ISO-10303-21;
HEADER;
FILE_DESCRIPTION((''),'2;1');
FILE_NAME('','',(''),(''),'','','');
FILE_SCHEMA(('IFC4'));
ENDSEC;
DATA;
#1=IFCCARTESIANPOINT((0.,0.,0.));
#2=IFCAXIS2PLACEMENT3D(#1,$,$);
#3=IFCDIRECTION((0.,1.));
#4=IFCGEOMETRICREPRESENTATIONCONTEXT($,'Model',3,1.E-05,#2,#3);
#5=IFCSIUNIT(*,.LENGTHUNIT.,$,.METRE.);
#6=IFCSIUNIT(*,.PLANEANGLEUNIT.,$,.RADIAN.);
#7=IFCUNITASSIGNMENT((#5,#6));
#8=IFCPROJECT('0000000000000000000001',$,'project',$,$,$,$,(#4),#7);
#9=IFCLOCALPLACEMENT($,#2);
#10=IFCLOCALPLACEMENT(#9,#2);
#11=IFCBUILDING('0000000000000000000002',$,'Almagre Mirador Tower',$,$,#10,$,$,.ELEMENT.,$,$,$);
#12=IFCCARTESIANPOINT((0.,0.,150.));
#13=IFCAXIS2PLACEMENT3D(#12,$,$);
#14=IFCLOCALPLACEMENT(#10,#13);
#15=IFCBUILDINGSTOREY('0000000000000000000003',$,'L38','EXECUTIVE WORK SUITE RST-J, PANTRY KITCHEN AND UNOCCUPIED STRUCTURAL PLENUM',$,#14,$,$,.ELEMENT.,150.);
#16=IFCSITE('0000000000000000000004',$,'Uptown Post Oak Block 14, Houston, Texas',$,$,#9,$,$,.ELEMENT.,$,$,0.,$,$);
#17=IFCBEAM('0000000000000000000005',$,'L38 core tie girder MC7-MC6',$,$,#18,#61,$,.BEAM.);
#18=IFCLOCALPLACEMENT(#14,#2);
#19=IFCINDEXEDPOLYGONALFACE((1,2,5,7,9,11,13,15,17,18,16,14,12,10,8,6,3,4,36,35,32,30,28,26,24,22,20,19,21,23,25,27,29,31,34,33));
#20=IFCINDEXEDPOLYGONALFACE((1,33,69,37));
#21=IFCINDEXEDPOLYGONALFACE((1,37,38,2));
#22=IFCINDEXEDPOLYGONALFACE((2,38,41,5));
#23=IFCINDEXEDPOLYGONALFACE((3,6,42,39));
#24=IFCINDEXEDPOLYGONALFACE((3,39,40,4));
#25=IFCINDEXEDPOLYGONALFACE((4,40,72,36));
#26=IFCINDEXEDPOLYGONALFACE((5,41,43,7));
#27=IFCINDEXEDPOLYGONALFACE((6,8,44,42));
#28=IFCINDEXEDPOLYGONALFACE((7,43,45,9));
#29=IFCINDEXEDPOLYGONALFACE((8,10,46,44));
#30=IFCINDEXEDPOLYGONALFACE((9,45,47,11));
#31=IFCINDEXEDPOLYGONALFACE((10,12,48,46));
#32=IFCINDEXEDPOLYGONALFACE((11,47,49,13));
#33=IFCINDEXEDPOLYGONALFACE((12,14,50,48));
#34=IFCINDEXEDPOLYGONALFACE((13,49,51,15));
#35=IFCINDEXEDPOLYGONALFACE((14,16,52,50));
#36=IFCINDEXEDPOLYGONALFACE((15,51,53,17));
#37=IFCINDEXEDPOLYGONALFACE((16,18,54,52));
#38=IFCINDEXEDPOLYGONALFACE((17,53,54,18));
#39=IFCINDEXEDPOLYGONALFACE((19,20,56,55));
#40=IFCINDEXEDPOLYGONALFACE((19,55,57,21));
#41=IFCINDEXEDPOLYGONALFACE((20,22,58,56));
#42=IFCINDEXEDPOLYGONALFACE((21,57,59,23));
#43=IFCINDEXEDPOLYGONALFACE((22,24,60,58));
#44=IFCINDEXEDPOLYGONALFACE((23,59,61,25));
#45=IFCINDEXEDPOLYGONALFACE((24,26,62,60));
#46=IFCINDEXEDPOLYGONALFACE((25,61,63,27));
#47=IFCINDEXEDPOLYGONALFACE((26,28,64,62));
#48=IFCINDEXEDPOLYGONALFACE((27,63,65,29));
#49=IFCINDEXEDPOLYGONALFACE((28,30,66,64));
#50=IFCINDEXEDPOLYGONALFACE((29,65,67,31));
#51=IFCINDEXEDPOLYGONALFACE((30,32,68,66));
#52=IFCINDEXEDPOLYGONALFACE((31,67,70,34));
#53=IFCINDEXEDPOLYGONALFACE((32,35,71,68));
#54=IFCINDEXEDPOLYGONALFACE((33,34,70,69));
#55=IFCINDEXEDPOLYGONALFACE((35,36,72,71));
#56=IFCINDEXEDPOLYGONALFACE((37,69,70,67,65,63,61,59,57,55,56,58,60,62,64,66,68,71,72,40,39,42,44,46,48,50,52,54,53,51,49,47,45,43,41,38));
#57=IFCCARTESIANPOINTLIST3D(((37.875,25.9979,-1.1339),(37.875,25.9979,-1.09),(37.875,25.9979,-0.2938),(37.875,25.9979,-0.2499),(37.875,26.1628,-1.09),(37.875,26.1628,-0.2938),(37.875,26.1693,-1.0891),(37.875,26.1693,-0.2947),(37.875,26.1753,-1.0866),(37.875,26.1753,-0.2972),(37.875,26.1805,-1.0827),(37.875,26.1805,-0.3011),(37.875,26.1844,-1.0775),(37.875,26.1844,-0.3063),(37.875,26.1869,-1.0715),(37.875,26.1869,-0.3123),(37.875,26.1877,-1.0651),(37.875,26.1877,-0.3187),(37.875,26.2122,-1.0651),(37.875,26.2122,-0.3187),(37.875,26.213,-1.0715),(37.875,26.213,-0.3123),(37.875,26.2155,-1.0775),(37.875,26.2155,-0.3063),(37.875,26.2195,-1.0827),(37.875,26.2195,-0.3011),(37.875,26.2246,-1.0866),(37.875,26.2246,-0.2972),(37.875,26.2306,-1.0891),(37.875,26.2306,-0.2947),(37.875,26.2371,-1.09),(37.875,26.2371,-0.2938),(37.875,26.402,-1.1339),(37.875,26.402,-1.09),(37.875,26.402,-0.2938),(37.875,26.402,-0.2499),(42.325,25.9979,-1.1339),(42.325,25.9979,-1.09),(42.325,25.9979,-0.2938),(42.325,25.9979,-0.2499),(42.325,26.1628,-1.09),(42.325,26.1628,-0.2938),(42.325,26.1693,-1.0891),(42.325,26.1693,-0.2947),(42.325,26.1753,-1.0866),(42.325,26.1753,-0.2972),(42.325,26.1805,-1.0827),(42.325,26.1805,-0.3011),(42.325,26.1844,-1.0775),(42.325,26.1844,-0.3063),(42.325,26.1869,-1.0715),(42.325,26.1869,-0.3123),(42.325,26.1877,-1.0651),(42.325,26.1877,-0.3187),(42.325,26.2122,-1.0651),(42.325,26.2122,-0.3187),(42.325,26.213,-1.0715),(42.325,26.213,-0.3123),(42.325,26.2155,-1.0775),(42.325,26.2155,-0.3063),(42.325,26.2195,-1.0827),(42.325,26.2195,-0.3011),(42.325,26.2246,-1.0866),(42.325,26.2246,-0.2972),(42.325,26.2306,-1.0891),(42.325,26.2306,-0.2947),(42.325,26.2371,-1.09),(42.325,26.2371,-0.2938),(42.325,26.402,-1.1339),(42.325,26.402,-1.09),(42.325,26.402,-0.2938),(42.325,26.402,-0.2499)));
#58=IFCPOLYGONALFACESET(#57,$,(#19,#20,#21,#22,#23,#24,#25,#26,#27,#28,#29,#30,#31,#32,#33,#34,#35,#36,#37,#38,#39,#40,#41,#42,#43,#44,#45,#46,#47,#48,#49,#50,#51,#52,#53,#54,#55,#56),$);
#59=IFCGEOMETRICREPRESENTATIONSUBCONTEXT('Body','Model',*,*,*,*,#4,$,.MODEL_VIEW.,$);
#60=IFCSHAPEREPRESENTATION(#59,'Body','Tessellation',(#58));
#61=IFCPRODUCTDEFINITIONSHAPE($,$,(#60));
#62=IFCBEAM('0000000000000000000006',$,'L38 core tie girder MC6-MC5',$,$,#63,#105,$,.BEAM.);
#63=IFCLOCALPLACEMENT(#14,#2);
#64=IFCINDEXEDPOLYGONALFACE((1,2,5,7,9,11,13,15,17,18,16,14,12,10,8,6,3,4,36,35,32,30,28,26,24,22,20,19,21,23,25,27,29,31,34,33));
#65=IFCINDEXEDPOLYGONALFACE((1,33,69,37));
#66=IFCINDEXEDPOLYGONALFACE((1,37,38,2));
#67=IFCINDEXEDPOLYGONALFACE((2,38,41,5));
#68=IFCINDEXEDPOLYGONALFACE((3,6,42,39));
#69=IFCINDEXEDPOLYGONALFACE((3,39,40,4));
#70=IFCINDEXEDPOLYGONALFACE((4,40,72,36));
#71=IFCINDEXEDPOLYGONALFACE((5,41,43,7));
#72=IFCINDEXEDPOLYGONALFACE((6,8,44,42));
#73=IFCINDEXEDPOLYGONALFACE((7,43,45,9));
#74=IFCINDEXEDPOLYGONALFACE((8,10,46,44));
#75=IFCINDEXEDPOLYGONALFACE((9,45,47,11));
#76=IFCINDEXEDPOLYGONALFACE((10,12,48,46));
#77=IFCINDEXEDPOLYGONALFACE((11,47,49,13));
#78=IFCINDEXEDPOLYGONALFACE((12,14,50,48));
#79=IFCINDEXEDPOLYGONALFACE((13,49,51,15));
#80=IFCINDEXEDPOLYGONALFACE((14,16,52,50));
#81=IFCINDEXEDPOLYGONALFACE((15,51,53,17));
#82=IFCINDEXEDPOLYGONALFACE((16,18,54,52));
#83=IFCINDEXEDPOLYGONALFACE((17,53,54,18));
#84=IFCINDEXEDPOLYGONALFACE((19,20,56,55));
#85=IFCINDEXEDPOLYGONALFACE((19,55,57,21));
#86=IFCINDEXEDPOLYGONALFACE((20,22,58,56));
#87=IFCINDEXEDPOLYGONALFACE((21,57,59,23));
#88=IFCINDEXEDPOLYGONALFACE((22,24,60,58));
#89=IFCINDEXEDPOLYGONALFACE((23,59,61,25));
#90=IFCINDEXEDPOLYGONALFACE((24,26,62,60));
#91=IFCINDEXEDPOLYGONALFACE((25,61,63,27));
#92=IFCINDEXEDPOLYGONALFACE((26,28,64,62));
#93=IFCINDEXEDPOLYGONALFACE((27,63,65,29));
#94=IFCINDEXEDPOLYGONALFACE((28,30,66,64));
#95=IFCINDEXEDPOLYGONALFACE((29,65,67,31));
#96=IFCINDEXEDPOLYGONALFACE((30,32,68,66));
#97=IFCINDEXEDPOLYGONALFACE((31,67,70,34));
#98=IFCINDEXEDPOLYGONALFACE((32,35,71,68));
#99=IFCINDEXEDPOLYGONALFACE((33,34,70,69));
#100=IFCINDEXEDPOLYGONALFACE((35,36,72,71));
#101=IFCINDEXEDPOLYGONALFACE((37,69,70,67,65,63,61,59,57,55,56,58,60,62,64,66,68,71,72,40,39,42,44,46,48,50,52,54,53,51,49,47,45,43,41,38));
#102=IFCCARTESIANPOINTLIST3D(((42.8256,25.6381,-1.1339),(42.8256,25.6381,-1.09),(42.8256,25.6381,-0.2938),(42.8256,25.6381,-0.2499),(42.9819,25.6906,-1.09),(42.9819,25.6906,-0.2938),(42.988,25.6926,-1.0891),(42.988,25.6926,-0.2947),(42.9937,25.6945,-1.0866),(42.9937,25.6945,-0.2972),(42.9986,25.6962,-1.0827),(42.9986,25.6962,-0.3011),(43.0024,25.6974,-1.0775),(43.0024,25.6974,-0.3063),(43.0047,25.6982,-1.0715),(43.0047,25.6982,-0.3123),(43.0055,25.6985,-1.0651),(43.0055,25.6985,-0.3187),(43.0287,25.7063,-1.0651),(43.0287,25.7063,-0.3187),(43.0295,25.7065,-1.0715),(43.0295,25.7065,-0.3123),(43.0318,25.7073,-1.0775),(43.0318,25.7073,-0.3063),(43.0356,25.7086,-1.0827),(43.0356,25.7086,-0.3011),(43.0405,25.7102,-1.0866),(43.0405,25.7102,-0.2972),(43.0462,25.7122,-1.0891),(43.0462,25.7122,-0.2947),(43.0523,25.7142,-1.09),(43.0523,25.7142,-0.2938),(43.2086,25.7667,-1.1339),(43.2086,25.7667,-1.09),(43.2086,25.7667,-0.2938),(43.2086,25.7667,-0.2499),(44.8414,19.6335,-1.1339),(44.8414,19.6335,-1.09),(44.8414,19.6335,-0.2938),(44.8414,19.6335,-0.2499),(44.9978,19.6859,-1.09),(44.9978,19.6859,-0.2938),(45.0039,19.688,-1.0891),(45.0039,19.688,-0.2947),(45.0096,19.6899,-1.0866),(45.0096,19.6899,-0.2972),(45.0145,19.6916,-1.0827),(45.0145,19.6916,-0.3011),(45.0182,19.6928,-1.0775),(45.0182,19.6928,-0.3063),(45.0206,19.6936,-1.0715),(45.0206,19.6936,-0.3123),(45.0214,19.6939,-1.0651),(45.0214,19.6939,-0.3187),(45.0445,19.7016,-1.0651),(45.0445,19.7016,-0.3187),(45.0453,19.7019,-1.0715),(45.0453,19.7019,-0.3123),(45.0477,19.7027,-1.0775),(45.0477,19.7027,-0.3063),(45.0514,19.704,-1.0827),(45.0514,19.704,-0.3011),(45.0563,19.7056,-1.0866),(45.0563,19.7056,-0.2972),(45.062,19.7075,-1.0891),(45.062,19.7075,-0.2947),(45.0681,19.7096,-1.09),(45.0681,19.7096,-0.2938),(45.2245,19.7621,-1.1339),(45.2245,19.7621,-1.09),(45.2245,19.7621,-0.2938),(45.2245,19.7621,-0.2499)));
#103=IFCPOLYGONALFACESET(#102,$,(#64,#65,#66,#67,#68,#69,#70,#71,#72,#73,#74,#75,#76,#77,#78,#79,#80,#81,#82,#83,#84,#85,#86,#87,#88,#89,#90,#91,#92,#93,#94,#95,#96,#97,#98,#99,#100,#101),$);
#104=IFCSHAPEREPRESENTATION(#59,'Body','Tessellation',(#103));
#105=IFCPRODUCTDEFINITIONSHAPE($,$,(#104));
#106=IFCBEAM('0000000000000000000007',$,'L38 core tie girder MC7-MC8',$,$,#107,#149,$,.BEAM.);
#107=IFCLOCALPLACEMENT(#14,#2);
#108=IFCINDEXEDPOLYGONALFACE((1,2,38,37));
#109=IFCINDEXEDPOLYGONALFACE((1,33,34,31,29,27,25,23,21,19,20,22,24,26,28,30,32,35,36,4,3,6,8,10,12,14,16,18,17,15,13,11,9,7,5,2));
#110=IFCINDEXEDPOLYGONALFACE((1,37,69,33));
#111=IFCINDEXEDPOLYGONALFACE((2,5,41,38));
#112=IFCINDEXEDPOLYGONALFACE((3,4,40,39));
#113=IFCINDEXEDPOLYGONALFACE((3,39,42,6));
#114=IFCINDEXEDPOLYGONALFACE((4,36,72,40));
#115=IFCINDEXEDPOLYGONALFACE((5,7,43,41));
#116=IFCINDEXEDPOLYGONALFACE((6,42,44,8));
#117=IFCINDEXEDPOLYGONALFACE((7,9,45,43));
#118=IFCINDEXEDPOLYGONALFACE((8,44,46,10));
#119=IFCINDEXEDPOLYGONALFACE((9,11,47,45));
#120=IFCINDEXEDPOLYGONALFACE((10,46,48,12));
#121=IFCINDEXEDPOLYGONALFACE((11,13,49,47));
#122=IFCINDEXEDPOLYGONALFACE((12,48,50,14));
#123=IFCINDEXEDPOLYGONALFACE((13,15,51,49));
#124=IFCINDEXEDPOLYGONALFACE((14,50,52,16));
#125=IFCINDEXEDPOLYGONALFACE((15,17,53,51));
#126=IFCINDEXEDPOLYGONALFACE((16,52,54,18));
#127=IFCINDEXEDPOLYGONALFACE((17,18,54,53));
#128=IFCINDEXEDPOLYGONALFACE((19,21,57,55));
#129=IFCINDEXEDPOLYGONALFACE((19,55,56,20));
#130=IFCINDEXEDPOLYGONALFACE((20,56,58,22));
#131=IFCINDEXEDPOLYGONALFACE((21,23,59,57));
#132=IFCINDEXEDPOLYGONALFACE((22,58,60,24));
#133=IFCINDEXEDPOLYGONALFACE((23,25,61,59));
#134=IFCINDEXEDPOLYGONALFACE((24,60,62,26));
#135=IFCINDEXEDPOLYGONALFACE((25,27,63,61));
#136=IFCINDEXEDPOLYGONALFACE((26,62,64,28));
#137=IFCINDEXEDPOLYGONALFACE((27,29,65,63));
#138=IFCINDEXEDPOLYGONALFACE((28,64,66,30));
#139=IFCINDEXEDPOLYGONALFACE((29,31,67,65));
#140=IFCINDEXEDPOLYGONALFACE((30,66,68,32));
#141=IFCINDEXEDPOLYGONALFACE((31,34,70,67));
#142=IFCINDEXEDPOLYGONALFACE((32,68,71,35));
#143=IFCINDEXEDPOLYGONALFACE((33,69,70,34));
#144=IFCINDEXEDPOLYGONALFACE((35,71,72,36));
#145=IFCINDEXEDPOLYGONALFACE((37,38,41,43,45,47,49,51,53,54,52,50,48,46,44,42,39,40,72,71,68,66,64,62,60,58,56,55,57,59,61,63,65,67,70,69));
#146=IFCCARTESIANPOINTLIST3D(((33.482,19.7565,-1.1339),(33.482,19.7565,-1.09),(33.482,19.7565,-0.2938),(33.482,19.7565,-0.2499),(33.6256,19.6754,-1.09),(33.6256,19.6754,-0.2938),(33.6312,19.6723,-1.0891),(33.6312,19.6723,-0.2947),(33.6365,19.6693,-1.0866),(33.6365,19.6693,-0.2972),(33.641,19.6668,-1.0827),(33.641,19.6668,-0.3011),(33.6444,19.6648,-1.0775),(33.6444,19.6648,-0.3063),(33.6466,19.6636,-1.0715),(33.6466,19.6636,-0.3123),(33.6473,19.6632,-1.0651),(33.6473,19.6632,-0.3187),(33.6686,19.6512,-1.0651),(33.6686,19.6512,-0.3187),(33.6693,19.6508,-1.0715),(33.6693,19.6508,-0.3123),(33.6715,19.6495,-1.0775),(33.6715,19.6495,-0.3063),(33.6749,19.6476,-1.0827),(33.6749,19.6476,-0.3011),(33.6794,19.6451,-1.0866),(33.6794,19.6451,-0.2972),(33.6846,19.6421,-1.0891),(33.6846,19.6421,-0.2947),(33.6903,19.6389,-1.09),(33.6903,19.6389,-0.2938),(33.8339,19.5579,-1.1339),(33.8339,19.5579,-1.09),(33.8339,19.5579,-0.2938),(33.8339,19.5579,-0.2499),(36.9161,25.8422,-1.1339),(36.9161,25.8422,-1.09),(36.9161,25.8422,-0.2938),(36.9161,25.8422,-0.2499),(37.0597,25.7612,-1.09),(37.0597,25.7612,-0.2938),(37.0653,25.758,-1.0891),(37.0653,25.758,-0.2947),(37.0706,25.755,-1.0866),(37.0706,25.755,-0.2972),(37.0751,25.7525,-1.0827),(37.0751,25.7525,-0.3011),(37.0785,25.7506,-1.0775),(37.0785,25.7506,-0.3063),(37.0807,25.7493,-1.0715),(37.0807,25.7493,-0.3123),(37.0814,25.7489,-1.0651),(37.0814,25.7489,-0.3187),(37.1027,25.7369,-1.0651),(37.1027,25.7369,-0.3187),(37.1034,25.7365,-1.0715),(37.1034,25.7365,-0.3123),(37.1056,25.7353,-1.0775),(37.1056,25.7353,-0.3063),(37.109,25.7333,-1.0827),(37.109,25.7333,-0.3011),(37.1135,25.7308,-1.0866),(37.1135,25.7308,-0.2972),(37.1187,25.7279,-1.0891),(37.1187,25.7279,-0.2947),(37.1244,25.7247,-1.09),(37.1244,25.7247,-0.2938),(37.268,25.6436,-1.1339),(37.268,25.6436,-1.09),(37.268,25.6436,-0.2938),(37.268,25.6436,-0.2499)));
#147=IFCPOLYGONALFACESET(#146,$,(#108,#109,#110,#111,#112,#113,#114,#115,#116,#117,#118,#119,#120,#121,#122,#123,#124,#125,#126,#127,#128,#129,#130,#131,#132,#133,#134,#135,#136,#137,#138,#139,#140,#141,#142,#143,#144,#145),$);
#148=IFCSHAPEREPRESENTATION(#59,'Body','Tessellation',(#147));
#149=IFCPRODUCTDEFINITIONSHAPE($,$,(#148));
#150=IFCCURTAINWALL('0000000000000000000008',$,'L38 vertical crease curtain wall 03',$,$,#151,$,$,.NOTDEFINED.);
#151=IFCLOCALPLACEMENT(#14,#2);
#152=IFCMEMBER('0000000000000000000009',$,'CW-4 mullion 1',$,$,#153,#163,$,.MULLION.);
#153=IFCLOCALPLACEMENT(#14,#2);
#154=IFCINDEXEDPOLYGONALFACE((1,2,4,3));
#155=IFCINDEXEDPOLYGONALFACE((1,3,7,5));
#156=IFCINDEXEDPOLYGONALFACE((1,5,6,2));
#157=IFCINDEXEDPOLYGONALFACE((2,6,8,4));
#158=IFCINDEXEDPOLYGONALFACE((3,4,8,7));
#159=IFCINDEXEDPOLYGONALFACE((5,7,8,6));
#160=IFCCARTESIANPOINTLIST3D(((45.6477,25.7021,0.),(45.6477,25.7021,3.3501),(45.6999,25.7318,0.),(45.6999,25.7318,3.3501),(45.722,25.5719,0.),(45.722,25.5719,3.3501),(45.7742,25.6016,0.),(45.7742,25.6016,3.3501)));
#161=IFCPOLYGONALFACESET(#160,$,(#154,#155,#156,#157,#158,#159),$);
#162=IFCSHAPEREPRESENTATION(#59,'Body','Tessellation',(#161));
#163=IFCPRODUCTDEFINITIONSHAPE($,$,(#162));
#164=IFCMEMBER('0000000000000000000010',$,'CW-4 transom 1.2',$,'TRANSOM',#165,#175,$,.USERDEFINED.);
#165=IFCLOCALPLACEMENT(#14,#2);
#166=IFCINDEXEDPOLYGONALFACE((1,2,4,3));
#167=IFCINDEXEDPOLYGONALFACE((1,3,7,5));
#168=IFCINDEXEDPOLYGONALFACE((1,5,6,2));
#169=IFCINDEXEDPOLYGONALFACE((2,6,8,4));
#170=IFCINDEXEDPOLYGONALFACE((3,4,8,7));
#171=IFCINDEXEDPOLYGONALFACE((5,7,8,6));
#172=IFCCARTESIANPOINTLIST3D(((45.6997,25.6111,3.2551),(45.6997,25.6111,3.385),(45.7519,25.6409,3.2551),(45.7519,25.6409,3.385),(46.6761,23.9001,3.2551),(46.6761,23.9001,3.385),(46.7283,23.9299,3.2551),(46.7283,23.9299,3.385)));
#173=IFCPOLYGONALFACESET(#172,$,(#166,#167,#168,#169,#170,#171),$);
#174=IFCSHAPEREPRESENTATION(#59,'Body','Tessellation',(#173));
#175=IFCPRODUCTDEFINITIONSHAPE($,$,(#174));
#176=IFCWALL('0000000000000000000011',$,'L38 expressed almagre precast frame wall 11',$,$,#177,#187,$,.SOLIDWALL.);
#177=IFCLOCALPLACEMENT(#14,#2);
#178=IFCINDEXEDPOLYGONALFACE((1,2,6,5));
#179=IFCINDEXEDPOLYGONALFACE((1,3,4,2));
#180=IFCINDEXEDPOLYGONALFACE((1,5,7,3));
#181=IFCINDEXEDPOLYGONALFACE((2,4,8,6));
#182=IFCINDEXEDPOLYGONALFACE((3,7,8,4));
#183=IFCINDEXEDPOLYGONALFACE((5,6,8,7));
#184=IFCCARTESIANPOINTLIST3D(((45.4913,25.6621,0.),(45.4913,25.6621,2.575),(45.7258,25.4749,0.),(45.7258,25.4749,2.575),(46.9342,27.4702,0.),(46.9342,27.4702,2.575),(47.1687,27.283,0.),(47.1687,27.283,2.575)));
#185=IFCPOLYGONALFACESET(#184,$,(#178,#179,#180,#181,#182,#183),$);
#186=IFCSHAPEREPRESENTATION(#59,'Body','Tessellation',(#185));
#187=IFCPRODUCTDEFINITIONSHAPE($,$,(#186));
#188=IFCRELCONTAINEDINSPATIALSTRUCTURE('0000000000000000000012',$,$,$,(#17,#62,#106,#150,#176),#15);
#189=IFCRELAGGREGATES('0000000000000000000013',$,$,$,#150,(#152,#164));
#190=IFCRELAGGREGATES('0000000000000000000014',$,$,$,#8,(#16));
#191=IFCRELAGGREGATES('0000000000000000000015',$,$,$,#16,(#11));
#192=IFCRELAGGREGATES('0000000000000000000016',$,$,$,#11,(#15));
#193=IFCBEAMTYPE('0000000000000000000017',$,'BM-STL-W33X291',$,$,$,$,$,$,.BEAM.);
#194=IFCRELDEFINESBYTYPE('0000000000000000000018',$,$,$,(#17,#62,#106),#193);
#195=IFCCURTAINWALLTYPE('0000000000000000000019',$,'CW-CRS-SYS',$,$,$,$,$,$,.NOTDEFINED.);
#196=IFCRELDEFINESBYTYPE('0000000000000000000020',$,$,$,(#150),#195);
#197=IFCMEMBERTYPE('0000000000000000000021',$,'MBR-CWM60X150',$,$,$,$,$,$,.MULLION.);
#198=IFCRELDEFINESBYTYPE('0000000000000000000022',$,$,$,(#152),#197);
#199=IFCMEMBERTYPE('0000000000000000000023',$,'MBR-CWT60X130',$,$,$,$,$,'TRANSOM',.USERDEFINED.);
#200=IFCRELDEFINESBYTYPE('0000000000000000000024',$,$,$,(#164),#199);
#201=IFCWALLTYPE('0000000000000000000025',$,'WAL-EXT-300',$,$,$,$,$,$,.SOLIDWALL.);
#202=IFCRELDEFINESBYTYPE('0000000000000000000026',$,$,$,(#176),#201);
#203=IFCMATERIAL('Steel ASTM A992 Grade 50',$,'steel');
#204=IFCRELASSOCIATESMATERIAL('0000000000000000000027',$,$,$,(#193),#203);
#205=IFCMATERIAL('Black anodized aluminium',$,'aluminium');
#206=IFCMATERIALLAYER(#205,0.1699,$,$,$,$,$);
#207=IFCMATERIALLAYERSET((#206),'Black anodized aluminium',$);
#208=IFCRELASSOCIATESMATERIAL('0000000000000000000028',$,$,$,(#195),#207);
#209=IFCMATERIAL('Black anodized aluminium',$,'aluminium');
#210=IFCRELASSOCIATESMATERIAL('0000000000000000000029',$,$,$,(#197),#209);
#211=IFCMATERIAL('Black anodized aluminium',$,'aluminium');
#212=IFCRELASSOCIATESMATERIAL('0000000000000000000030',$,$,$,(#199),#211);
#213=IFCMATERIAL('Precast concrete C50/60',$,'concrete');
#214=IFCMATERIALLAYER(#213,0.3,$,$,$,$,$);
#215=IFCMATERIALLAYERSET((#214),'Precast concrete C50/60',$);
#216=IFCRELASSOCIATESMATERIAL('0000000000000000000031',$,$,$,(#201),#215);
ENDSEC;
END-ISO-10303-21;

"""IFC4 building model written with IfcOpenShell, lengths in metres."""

from ifc_helpers import new_model, si_unit, direction, frame, frame_2d, origin, origin_2d, place, context, subcontext, project, spatial, rectangle, i_section, extrude, material, layer, layer_set, material_profile, profile_set, type_object, element, aggregate, save


model = new_model("IFC4")

# Units and contexts
model_context = context("Model", 3, precision=1e-05, world=origin(), true_north=direction((0.0, 1.0)))
body_context = subcontext(model_context, "Body", "Model", "MODEL_VIEW")
ifc_project = project(units=[si_unit("LENGTHUNIT", "METRE"), si_unit("PLANEANGLEUNIT", "RADIAN")], contexts=[model_context])

# Site, building, storey
site_placement = place(None, origin())
site = spatial("IfcSite", under=ifc_project, at=site_placement, Name="Uptown Post Oak Block 14, Houston, Texas", CompositionType="ELEMENT", RefElevation=0.0)
building_placement = place(site_placement, origin())
building = spatial("IfcBuilding", under=site, at=building_placement, Name="Almagre Mirador Tower", CompositionType="ELEMENT")
storey_placement = place(building_placement, frame((0.0, 0.0, 150.0)))
storey = spatial("IfcBuildingStorey", under=building, at=storey_placement, Name="L38", Description="EXECUTIVE WORK SUITE RST-J, PANTRY KITCHEN AND UNOCCUPIED STRUCTURAL PLENUM", CompositionType="ELEMENT", Elevation=150.0)

# Beams
ifc_material_1 = material(Name="Steel ASTM A992 Grade 50", Category="steel")
ifc_material_profile_1 = material_profile(ifc_material_1, i_section(OverallWidth=0.4041, OverallDepth=0.884, WebThickness=0.0244, FlangeThickness=0.0439, FilletRadius=0.0249, at=origin_2d()), Name="W33X291")
ifc_profile_set_1 = profile_set([ifc_material_profile_1], Name="Steel ASTM A992 Grade 50")
beam_type_1 = type_object("IfcBeamType", Name="BM-STL-W33X291", PredefinedType="BEAM", material=ifc_profile_set_1)
beam_1_placement = place(storey_placement, frame((37.875, 26.2, -0.6919), z_axis=(1.0, 0.0, 0.0), x_axis=(0.0, 1.0, 0.0)))
element("IfcBeam", 1, at=beam_1_placement, inside=storey, type_object=beam_type_1, Name="L38 core tie girder MC7-MC6", PredefinedType="BEAM", context=body_context, shape_type="SweptSolid", body=[
    extrude(i_section(OverallWidth=0.4041, OverallDepth=0.884, WebThickness=0.0244, FlangeThickness=0.0439, FilletRadius=0.0249, at=origin_2d()), origin(), (0.0, 0.0, 1.0), 4.45),
])
beam_2_placement = place(storey_placement, frame((43.0171, 25.7024, -0.6919), z_axis=(0.318262, -0.948003, 0.0), x_axis=(0.948003, 0.318262, 0.0)))
element("IfcBeam", 2, at=beam_2_placement, inside=storey, type_object=beam_type_1, Name="L38 core tie girder MC6-MC5", PredefinedType="BEAM", context=body_context, shape_type="SweptSolid", body=[
    extrude(i_section(OverallWidth=0.4041, OverallDepth=0.884, WebThickness=0.0244, FlangeThickness=0.0439, FilletRadius=0.0249, at=origin_2d()), origin(), (0.0, 0.0, 1.0), 6.334),
])
beam_3_placement = place(storey_placement, frame((37.092, 25.7429, -0.6919), z_axis=(-0.491444, -0.870909, 0.0), x_axis=(0.870909, -0.491444, 0.0)))
element("IfcBeam", 3, at=beam_3_placement, inside=storey, type_object=beam_type_1, Name="L38 core tie girder MC7-MC8", PredefinedType="BEAM", context=body_context, shape_type="SweptSolid", body=[
    extrude(i_section(OverallWidth=0.4041, OverallDepth=0.884, WebThickness=0.0244, FlangeThickness=0.0439, FilletRadius=0.0249, at=origin_2d()), origin(), (0.0, 0.0, 1.0), 6.9878),
])

# Curtain wall, members
ifc_material_2 = material(Name="Black anodized aluminium", Category="aluminium")
ifc_layer_1 = layer(ifc_material_2, 0.1699)
ifc_layer_set_1 = layer_set([ifc_layer_1], Name="Black anodized aluminium")
curtain_wall_type = type_object("IfcCurtainWallType", Name="CW-CRS-SYS", PredefinedType="NOTDEFINED", material=ifc_layer_set_1)
curtain_wall_placement = place(storey_placement, origin())
curtain_wall = element("IfcCurtainWall", 4, at=curtain_wall_placement, inside=storey, type_object=curtain_wall_type, Name="L38 vertical crease curtain wall 03", PredefinedType="NOTDEFINED")
ifc_material_3 = material(Name="Black anodized aluminium", Category="aluminium")
ifc_material_profile_2 = material_profile(ifc_material_3, rectangle(XDim=0.0601, YDim=0.1499, at=origin_2d()), Name="CWM60X150")
ifc_profile_set_2 = profile_set([ifc_material_profile_2], Name="Black anodized aluminium")
member_type_1 = type_object("IfcMemberType", Name="MBR-CWM60X150", PredefinedType="MULLION", material=ifc_profile_set_2)
member_1_placement = place(storey_placement, frame((45.7109, 25.6519, 0.0), z_axis=(0.0, 0.0, 1.0), x_axis=(0.868479, 0.495727, 0.0)))
member_1 = element("IfcMember", 5, at=member_1_placement, type_object=member_type_1, Name="CW-4 mullion 1", PredefinedType="MULLION", context=body_context, shape_type="SweptSolid", body=[
    extrude(rectangle(XDim=0.0601, YDim=0.1499, at=origin_2d()), origin(), (0.0, 0.0, 1.0), 3.3501),
])
ifc_material_4 = material(Name="Black anodized aluminium", Category="aluminium")
ifc_material_profile_3 = material_profile(ifc_material_4, rectangle(XDim=0.0601, YDim=0.1299, at=origin_2d()), Name="CWT60X130")
ifc_profile_set_3 = profile_set([ifc_material_profile_3], Name="Black anodized aluminium")
member_type_2 = type_object("IfcMemberType", Name="MBR-CWT60X130", ElementType="TRANSOM", PredefinedType="USERDEFINED", material=ifc_profile_set_3)
member_2_placement = place(storey_placement, frame((45.7258, 25.626, 3.3201), z_axis=(0.495618, -0.86854, 0.0), x_axis=(0.86854, 0.495618, 0.0)))
member_2 = element("IfcMember", 6, at=member_2_placement, type_object=member_type_2, Name="CW-4 transom 1.2", ObjectType="TRANSOM", PredefinedType="USERDEFINED", context=body_context, shape_type="SweptSolid", body=[
    extrude(rectangle(XDim=0.0601, YDim=0.1299, at=origin_2d()), origin(), (0.0, 0.0, 1.0), 1.97),
])
aggregate(curtain_wall, [member_1, member_2])

# Wall
ifc_material_5 = material(Name="Precast concrete C50/60", Category="concrete")
ifc_layer_2 = layer(ifc_material_5, 0.3)
ifc_layer_set_2 = layer_set([ifc_layer_2], Name="Precast concrete C50/60")
wall_type_1 = type_object("IfcWallType", Name="WAL-EXT-300", PredefinedType="SOLIDWALL", material=ifc_layer_set_2)
wall_1_placement = place(storey_placement, frame((47.0515, 27.3767, 0.0), z_axis=(0.0, 0.0, 1.0), x_axis=(-0.623742, -0.78163, 0.0)))
element("IfcWall", 7, at=wall_1_placement, inside=storey, type_object=wall_type_1, Name="L38 expressed almagre precast frame wall 11", PredefinedType="SOLIDWALL", context=body_context, shape_type="SweptSolid", body=[
    extrude(rectangle(XDim=2.3132, YDim=0.3, at=frame_2d((1.1567, 0.0))), origin(), (0.0, 0.0, 1.0), 2.575),
])

save(model, "model.ifc")
